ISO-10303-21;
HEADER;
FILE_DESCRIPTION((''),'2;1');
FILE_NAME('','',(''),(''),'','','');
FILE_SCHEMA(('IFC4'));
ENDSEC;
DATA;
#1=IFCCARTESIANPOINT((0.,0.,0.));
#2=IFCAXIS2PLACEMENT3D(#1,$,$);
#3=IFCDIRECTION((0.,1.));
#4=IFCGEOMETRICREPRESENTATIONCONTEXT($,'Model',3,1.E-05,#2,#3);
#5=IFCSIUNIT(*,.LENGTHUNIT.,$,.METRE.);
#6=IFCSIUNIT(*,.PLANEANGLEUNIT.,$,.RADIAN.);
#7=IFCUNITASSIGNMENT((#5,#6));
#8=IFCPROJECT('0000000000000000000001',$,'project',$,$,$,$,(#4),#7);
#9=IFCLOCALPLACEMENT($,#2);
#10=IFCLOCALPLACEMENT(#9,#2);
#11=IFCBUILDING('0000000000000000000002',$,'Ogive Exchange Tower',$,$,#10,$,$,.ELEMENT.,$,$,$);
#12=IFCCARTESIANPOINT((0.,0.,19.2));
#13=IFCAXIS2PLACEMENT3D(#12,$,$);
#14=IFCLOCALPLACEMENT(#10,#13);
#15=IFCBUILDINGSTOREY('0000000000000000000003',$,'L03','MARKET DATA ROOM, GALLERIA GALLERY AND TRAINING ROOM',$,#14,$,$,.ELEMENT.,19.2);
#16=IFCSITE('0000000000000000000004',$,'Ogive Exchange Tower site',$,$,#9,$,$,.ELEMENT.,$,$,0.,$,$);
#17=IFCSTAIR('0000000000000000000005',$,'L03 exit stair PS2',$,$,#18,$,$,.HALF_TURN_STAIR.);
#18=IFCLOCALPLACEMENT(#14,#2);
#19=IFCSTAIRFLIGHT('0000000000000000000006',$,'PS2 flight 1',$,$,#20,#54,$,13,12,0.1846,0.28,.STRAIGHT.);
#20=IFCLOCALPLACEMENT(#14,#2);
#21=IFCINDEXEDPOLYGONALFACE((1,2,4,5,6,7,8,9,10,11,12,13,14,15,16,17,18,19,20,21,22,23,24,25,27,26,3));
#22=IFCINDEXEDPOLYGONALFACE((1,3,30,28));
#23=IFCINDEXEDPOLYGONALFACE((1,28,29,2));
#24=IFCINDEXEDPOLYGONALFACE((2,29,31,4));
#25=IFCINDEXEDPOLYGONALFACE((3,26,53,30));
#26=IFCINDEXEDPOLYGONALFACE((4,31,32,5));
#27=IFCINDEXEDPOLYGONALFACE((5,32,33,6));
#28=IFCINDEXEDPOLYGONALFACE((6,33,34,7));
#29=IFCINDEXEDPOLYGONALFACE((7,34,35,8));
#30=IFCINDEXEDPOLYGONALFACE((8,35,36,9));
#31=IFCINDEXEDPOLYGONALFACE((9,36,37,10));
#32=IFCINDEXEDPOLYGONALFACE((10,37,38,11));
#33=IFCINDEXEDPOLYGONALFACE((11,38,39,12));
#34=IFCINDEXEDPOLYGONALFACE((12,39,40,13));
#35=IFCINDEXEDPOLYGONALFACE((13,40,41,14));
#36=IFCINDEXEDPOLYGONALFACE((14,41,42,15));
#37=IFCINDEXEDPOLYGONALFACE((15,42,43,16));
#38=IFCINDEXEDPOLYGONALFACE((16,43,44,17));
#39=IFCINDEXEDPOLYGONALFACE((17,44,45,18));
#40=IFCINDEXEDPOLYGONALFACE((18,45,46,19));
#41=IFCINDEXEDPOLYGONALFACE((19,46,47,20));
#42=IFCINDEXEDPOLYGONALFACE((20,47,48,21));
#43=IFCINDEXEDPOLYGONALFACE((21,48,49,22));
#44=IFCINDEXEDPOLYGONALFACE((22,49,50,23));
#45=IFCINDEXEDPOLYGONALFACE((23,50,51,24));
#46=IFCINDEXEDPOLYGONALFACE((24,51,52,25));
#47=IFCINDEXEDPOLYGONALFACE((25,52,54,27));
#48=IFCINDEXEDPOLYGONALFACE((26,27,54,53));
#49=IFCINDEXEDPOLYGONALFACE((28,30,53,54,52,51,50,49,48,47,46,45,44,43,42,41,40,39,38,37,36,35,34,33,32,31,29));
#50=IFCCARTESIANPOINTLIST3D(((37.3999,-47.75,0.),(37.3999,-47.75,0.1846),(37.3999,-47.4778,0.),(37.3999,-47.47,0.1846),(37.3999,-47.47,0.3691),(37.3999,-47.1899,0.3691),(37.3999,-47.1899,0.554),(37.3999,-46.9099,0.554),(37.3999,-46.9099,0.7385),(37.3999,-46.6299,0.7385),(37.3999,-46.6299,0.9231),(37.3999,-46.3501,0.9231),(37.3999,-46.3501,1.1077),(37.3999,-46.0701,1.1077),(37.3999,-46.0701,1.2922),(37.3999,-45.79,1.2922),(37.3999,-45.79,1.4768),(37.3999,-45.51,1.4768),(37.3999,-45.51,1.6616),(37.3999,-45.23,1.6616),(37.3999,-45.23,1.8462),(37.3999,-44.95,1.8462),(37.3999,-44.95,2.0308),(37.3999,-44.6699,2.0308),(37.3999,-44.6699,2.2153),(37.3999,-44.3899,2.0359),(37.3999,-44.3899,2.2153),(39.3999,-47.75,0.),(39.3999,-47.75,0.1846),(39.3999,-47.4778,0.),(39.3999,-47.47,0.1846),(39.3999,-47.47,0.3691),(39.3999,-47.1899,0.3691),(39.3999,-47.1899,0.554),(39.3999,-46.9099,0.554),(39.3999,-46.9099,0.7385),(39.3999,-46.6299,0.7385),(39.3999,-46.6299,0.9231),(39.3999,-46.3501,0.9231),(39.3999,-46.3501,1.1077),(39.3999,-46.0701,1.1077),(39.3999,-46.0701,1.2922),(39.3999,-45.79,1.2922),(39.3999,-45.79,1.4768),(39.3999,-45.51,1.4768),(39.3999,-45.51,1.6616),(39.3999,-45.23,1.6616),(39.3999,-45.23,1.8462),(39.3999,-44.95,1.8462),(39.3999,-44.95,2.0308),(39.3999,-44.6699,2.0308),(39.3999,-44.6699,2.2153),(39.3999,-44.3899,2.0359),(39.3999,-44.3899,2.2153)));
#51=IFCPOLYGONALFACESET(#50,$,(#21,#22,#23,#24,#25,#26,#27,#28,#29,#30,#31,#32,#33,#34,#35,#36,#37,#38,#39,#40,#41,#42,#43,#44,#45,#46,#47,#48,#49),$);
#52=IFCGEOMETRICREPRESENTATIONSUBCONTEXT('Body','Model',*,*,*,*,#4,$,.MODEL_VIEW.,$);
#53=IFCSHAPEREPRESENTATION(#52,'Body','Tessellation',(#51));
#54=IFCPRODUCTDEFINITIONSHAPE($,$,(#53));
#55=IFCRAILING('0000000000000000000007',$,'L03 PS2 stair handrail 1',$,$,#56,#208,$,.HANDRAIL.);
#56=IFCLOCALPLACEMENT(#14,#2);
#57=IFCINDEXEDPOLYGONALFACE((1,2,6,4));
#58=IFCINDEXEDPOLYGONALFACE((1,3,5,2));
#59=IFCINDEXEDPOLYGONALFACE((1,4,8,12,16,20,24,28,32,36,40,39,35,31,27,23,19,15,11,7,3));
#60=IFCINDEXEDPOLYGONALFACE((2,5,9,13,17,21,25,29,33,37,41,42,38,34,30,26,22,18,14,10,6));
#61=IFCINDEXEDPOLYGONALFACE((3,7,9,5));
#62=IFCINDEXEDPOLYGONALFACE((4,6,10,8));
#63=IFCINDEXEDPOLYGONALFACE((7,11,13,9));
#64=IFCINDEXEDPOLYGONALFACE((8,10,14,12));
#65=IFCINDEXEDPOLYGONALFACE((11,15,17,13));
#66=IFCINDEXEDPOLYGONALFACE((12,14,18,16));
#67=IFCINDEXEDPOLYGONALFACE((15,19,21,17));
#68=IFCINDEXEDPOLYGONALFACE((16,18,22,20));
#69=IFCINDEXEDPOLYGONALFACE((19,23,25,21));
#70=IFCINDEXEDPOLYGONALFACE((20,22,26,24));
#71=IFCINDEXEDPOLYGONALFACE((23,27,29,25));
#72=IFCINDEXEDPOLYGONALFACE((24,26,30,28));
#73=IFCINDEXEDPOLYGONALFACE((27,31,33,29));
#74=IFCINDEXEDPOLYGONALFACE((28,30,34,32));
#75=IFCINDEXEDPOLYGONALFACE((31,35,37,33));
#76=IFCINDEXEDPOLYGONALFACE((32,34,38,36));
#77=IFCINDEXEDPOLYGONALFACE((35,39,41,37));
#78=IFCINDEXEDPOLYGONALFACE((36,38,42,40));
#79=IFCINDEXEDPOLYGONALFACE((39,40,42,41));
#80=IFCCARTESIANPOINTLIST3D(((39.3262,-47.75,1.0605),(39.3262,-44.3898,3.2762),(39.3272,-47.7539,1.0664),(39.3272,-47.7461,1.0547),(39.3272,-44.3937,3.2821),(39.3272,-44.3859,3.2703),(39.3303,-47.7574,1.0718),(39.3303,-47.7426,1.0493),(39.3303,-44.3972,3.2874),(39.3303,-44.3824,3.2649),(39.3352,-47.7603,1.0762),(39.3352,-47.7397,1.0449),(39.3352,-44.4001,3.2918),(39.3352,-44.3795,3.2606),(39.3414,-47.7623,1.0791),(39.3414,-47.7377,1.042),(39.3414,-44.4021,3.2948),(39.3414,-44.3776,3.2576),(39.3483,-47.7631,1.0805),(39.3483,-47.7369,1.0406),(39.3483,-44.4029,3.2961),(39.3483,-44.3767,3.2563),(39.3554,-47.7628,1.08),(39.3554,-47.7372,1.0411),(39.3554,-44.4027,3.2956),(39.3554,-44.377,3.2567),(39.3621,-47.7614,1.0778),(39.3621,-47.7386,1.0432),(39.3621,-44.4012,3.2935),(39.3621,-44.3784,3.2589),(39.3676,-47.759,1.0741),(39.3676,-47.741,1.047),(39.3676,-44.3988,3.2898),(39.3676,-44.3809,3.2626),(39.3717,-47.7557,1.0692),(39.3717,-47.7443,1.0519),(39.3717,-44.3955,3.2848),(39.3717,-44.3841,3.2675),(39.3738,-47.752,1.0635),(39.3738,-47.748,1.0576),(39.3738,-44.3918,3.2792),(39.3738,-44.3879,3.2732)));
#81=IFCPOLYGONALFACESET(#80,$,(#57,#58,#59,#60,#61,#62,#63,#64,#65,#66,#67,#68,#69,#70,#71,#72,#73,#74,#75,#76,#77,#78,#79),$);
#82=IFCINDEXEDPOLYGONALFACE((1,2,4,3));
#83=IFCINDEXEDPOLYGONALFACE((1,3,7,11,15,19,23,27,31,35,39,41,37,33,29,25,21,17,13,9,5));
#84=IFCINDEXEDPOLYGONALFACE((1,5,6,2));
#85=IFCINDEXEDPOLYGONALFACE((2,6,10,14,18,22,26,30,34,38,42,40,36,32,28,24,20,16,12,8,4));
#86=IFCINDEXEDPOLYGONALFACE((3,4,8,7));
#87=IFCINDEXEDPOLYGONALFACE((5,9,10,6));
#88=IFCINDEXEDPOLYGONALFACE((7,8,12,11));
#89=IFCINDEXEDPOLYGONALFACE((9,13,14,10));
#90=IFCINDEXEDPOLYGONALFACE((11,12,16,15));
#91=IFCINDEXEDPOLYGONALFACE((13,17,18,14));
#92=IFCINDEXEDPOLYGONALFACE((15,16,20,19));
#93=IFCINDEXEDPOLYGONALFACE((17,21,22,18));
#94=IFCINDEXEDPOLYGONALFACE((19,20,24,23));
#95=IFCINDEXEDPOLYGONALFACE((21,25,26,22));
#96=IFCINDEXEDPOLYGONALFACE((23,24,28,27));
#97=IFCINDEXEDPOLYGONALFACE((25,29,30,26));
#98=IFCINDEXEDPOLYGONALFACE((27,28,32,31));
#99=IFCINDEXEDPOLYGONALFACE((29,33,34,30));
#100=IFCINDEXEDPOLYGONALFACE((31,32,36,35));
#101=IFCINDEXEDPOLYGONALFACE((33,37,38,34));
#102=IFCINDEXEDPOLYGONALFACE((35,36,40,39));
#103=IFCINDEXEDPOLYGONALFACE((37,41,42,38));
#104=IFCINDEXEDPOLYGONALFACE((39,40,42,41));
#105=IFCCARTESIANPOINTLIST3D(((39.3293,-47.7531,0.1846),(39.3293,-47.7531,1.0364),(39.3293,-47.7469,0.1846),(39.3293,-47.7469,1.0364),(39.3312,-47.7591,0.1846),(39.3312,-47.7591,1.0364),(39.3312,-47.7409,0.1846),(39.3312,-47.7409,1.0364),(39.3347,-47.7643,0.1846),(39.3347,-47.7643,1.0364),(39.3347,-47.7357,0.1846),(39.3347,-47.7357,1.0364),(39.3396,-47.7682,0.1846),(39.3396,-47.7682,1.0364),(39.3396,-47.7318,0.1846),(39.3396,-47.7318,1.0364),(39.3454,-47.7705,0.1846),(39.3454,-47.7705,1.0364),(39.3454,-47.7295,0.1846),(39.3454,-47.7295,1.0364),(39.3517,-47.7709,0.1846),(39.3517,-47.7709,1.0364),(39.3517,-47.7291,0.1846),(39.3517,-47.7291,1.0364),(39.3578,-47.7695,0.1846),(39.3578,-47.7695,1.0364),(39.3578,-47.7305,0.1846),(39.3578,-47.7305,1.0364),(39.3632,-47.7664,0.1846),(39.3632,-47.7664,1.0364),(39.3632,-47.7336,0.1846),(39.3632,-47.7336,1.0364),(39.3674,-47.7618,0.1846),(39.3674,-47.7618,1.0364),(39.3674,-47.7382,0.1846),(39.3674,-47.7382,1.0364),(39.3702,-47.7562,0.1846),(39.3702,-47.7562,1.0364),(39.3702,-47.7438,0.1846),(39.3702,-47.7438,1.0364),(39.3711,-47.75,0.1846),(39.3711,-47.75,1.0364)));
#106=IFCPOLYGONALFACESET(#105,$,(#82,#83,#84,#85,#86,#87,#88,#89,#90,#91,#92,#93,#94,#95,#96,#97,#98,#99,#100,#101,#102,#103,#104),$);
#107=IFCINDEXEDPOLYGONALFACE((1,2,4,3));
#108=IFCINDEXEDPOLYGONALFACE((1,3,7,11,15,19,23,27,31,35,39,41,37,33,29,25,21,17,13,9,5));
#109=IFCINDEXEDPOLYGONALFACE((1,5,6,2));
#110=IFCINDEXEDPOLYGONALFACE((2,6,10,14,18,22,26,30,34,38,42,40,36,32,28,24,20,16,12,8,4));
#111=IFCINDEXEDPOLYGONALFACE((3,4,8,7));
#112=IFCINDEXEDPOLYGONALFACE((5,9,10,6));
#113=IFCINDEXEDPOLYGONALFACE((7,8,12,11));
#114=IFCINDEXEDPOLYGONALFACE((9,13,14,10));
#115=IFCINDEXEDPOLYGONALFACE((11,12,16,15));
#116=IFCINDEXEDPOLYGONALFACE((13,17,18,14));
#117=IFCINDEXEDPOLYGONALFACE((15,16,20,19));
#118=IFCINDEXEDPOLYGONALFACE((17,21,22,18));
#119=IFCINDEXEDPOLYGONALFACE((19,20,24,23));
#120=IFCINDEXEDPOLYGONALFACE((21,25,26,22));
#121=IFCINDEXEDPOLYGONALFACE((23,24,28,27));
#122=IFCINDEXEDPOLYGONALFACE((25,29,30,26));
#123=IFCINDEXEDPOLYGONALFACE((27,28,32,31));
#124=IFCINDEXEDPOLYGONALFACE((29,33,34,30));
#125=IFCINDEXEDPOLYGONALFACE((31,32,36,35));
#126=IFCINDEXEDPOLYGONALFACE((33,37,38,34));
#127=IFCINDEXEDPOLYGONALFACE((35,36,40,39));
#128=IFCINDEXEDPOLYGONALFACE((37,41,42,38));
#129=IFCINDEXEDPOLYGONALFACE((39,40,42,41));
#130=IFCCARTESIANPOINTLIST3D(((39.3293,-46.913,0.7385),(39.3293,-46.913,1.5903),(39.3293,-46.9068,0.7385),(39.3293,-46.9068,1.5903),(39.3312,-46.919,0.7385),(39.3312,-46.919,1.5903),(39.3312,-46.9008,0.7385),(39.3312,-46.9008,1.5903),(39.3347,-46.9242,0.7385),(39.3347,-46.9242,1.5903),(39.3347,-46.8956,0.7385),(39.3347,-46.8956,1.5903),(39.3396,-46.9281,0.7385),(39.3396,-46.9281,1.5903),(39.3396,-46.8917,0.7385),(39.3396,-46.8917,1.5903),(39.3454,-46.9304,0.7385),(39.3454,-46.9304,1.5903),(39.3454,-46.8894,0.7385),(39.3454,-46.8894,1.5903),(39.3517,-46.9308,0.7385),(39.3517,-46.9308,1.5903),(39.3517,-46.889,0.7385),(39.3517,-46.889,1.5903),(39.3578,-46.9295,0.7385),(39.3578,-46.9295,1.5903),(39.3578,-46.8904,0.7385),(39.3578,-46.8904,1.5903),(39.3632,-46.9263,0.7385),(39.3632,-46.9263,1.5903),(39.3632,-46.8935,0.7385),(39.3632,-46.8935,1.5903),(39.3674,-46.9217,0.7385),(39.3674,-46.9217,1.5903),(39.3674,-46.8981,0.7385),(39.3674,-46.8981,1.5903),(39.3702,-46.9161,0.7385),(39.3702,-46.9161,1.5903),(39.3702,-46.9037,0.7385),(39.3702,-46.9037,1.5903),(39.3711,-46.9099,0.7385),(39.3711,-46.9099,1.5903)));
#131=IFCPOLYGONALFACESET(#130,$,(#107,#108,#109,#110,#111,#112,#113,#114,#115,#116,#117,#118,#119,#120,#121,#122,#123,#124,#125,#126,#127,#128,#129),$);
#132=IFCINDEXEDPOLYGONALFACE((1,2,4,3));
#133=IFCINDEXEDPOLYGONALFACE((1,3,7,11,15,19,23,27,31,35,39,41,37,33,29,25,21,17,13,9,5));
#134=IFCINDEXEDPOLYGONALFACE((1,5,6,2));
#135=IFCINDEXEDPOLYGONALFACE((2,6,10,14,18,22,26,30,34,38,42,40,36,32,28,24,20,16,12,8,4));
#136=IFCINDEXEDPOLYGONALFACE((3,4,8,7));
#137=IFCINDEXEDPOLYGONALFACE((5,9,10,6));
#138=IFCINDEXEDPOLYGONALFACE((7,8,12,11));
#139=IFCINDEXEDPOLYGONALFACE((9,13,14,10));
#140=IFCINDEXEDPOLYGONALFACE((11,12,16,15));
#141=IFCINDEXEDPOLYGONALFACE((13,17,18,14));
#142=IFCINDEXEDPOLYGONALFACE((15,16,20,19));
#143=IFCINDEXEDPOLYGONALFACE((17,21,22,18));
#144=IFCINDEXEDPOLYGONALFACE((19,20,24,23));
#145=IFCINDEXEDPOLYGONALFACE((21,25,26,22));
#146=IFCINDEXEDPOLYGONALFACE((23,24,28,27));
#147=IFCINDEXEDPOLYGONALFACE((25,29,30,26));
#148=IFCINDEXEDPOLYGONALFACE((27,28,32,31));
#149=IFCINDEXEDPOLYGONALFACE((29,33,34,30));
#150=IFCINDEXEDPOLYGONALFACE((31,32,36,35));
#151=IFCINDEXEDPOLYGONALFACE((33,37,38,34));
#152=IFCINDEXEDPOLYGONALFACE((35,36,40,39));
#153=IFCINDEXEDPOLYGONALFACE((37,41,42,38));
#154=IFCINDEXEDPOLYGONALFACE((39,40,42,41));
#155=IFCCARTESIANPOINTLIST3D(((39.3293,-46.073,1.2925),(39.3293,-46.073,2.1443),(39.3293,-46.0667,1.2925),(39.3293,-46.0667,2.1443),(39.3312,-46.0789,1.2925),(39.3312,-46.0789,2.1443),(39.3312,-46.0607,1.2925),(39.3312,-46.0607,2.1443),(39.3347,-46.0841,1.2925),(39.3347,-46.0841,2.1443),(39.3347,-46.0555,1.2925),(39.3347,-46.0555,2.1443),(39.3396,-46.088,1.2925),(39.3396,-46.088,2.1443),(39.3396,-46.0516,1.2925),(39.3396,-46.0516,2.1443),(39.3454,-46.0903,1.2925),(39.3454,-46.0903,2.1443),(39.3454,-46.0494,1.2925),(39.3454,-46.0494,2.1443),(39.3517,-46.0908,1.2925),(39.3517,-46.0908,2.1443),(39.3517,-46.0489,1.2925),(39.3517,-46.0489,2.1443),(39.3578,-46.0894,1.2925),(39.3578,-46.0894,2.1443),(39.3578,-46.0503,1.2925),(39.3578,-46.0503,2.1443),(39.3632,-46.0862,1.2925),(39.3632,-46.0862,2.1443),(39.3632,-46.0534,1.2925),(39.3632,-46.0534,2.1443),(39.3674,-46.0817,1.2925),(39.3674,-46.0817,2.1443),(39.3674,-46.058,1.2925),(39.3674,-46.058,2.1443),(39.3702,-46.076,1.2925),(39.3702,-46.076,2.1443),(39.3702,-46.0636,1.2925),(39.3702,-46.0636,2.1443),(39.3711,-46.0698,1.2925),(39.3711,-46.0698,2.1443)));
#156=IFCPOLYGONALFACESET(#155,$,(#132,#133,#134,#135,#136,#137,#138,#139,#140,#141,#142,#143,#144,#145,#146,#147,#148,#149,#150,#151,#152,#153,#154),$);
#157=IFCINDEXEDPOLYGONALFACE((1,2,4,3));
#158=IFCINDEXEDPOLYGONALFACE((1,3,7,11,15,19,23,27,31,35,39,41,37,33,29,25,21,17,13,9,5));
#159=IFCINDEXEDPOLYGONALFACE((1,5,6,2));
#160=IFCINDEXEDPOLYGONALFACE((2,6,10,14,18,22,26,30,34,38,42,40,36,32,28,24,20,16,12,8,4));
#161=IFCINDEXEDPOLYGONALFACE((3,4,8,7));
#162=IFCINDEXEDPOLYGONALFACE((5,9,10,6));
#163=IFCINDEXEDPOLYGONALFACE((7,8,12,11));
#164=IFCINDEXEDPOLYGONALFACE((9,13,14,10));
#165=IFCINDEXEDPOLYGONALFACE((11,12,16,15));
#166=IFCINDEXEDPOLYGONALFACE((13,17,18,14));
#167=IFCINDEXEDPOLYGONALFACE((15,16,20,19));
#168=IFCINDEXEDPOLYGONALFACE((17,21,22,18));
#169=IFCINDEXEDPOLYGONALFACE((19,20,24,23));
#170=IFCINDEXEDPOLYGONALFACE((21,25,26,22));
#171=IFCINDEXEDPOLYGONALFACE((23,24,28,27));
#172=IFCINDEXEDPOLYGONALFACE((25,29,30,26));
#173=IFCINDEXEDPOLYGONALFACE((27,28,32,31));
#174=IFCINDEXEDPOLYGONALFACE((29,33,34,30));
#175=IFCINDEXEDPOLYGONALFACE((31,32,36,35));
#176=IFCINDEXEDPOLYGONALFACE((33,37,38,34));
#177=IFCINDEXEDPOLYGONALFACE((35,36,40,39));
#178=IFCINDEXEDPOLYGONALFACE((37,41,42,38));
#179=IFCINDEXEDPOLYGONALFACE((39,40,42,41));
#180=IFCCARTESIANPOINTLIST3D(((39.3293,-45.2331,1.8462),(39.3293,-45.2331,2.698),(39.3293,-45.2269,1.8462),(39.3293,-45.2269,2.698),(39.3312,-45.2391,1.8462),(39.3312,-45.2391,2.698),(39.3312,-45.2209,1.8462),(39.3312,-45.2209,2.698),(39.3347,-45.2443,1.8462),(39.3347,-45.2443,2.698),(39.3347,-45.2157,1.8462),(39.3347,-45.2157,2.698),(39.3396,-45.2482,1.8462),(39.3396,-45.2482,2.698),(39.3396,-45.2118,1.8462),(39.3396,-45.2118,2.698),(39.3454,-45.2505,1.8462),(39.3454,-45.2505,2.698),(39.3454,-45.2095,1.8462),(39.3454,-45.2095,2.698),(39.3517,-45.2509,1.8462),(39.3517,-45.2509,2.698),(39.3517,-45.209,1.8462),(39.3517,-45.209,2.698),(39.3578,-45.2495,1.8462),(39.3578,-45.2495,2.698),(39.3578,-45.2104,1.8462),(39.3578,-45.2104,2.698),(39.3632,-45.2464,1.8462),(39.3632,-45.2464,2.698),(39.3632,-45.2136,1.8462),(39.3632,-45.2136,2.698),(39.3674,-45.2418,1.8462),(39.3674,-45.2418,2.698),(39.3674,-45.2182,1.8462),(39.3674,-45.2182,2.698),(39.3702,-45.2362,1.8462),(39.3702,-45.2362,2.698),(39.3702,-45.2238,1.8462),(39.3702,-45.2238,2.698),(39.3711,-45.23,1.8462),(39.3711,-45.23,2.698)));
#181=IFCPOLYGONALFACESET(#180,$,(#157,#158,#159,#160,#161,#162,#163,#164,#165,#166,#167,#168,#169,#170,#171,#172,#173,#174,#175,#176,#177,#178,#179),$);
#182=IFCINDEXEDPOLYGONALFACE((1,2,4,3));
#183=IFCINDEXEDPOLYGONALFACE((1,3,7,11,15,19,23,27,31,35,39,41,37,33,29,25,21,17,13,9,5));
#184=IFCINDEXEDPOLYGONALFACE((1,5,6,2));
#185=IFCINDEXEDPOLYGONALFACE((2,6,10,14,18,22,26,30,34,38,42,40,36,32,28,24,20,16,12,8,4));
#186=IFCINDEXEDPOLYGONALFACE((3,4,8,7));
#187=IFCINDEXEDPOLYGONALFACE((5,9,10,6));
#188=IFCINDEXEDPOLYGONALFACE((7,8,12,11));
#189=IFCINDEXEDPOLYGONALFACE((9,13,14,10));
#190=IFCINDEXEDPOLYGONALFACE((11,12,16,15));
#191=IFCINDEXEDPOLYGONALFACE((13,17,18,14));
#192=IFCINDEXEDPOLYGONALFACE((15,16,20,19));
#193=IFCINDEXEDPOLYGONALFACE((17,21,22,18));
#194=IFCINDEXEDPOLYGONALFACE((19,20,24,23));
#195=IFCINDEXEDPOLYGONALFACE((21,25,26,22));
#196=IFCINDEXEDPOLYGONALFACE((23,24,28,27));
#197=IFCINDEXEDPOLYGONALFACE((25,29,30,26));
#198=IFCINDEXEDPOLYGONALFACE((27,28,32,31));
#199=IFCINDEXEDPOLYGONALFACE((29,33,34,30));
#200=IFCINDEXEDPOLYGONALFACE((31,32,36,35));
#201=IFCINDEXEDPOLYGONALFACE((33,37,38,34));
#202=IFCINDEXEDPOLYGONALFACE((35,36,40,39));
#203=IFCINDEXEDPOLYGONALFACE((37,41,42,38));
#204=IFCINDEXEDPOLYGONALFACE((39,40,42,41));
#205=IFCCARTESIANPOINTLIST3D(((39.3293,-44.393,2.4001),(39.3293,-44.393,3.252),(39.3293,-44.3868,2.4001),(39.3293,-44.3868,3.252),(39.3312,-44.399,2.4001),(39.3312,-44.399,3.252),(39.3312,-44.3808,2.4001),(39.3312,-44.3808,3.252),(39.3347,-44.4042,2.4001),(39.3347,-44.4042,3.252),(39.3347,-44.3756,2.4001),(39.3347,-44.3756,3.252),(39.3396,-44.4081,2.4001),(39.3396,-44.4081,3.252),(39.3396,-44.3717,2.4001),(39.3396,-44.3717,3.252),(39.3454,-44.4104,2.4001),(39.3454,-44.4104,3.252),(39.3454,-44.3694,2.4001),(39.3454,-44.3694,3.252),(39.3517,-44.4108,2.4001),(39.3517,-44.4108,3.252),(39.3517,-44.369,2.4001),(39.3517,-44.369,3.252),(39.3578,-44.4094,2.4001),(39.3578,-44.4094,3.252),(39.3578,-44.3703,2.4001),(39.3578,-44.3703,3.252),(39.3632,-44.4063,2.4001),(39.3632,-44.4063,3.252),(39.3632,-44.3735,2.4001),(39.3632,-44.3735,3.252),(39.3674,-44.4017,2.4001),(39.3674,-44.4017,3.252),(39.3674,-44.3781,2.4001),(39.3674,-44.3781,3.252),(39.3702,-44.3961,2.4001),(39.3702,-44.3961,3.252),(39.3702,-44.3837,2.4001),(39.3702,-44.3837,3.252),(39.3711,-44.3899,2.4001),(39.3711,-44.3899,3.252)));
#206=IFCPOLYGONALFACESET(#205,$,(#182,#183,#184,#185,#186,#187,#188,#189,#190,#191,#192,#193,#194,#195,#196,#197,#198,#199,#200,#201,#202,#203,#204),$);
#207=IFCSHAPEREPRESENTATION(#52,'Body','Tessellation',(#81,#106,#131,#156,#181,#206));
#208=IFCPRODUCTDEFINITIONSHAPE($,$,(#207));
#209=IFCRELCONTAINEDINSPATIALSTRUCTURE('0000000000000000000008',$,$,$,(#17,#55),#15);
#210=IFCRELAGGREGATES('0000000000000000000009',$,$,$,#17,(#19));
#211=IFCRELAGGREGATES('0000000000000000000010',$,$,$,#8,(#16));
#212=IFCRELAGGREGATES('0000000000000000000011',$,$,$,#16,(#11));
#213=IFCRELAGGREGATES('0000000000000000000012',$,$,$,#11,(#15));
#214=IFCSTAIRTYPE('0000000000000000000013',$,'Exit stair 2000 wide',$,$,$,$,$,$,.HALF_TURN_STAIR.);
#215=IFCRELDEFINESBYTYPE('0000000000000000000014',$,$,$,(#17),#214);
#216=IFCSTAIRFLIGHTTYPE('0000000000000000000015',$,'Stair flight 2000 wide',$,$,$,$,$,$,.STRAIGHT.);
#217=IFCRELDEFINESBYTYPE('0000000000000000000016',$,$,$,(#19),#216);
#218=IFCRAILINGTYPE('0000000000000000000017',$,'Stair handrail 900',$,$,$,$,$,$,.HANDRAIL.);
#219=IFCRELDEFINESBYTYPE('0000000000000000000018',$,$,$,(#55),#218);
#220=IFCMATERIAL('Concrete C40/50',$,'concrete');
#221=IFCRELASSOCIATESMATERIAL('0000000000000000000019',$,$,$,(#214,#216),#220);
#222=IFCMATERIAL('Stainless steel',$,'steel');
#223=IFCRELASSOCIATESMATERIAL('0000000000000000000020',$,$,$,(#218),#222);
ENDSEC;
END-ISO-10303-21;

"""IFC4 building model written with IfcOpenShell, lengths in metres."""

from ifc_helpers import new_model, si_unit, direction, frame, origin, origin_2d, place, context, subcontext, project, spatial, polyline, circle, outline, extrude, material, type_object, element, aggregate, save


model = new_model("IFC4")

# Units and contexts
model_context = context("Model", 3, precision=1e-05, world=origin(), true_north=direction((0.0, 1.0)))
body_context = subcontext(model_context, "Body", "Model", "MODEL_VIEW")
ifc_project = project(units=[si_unit("LENGTHUNIT", "METRE"), si_unit("PLANEANGLEUNIT", "RADIAN")], contexts=[model_context])

# Site, building, storey
site_placement = place(None, origin())
site = spatial("IfcSite", under=ifc_project, at=site_placement, Name="Ogive Exchange Tower site", CompositionType="ELEMENT", RefElevation=0.0)
building_placement = place(site_placement, origin())
building = spatial("IfcBuilding", under=site, at=building_placement, Name="Ogive Exchange Tower", CompositionType="ELEMENT")
storey_placement = place(building_placement, frame((0.0, 0.0, 19.2)))
storey = spatial("IfcBuildingStorey", under=building, at=storey_placement, Name="L03", Description="MARKET DATA ROOM, GALLERIA GALLERY AND TRAINING ROOM", CompositionType="ELEMENT", Elevation=19.2)

# Stair, stair flight
ifc_material_1 = material(Name="Concrete C40/50", Category="concrete")
stair_type = type_object("IfcStairType", Name="Exit stair 2000 wide", PredefinedType="HALF_TURN_STAIR", material=ifc_material_1)
stair_placement = place(storey_placement, origin())
stair = element("IfcStair", 1, at=stair_placement, inside=storey, type_object=stair_type, Name="L03 exit stair PS2", PredefinedType="HALF_TURN_STAIR")
stair_flight_type = type_object("IfcStairFlightType", Name="Stair flight 2000 wide", PredefinedType="STRAIGHT", material=ifc_material_1)
stair_flight_placement = place(storey_placement, frame((38.3999, -47.75, 0.0), z_axis=(0.0, 0.0, 1.0), x_axis=(0.0, 1.0, 0.0)))
stair_flight = element("IfcStairFlight", 2, at=stair_flight_placement, type_object=stair_flight_type, Name="PS2 flight 1", NumberOfRisers=13, NumberOfTreads=12, PredefinedType="STRAIGHT", RiserHeight=0.1846, TreadLength=0.28, context=body_context, shape_type="SweptSolid", body=[
    extrude(outline(polyline([(0.0, 0.0), (0.0, 0.1846), (0.28, 0.1846), (0.28, 0.3691), (0.5601, 0.3691), (0.5601, 0.554), (0.8401, 0.554), (0.8401, 0.7385), (1.1201, 0.7385), (1.1201, 0.9231), (1.3999, 0.9231), (1.3999, 1.1077), (1.6799, 1.1077), (1.6799, 1.2922), (1.96, 1.2922), (1.96, 1.4768), (2.24, 1.4768), (2.24, 1.6616), (2.52, 1.6616), (2.52, 1.8462), (2.8, 1.8462), (2.8, 2.0308), (3.0801, 2.0308), (3.0801, 2.2153), (3.3601, 2.2153), (3.3601, 2.3999), (3.3601, 2.0359), (0.2722, 0.0), (0.0, 0.0)])), frame((0.0, 1.0, 0.0), z_axis=(0.0, -1.0, 0.0), x_axis=(1.0, 0.0, 0.0)), (0.0, 0.0, 1.0), 2.0),
])
aggregate(stair, [stair_flight])

# Railing
ifc_material_2 = material(Name="Stainless steel", Category="steel")
railing_type = type_object("IfcRailingType", Name="Stair handrail 900", PredefinedType="HANDRAIL", material=ifc_material_2)
railing_placement = place(storey_placement, frame((39.3501, -47.75, 0.1846)))
element("IfcRailing", 3, at=railing_placement, inside=storey, type_object=railing_type, Name="L03 PS2 stair handrail 1", PredefinedType="HANDRAIL", context=body_context, shape_type="SweptSolid", body=[
    extrude(circle(Radius=0.0239, at=origin_2d()), frame((0.0, 0.0, 0.876), z_axis=(0.0, 0.834849, 0.55048), x_axis=(-1.0, 0.0, 0.0)), (0.0, 0.0, 1.0), 4.0249),
    extrude(circle(Radius=0.021, at=origin_2d()), origin(), (0.0, 0.0, 1.0), 0.8518),
    extrude(circle(Radius=0.021, at=origin_2d()), frame((0.0, 0.8401, 0.554)), (0.0, 0.0, 1.0), 0.8518),
    extrude(circle(Radius=0.021, at=origin_2d()), frame((0.0, 1.6802, 1.1079)), (0.0, 0.0, 1.0), 0.8518),
    extrude(circle(Radius=0.021, at=origin_2d()), frame((0.0, 2.52, 1.6616)), (0.0, 0.0, 1.0), 0.8518),
    extrude(circle(Radius=0.021, at=origin_2d()), frame((0.0, 3.3601, 2.2156)), (0.0, 0.0, 1.0), 0.8518),
])

save(model, "model.ifc")
